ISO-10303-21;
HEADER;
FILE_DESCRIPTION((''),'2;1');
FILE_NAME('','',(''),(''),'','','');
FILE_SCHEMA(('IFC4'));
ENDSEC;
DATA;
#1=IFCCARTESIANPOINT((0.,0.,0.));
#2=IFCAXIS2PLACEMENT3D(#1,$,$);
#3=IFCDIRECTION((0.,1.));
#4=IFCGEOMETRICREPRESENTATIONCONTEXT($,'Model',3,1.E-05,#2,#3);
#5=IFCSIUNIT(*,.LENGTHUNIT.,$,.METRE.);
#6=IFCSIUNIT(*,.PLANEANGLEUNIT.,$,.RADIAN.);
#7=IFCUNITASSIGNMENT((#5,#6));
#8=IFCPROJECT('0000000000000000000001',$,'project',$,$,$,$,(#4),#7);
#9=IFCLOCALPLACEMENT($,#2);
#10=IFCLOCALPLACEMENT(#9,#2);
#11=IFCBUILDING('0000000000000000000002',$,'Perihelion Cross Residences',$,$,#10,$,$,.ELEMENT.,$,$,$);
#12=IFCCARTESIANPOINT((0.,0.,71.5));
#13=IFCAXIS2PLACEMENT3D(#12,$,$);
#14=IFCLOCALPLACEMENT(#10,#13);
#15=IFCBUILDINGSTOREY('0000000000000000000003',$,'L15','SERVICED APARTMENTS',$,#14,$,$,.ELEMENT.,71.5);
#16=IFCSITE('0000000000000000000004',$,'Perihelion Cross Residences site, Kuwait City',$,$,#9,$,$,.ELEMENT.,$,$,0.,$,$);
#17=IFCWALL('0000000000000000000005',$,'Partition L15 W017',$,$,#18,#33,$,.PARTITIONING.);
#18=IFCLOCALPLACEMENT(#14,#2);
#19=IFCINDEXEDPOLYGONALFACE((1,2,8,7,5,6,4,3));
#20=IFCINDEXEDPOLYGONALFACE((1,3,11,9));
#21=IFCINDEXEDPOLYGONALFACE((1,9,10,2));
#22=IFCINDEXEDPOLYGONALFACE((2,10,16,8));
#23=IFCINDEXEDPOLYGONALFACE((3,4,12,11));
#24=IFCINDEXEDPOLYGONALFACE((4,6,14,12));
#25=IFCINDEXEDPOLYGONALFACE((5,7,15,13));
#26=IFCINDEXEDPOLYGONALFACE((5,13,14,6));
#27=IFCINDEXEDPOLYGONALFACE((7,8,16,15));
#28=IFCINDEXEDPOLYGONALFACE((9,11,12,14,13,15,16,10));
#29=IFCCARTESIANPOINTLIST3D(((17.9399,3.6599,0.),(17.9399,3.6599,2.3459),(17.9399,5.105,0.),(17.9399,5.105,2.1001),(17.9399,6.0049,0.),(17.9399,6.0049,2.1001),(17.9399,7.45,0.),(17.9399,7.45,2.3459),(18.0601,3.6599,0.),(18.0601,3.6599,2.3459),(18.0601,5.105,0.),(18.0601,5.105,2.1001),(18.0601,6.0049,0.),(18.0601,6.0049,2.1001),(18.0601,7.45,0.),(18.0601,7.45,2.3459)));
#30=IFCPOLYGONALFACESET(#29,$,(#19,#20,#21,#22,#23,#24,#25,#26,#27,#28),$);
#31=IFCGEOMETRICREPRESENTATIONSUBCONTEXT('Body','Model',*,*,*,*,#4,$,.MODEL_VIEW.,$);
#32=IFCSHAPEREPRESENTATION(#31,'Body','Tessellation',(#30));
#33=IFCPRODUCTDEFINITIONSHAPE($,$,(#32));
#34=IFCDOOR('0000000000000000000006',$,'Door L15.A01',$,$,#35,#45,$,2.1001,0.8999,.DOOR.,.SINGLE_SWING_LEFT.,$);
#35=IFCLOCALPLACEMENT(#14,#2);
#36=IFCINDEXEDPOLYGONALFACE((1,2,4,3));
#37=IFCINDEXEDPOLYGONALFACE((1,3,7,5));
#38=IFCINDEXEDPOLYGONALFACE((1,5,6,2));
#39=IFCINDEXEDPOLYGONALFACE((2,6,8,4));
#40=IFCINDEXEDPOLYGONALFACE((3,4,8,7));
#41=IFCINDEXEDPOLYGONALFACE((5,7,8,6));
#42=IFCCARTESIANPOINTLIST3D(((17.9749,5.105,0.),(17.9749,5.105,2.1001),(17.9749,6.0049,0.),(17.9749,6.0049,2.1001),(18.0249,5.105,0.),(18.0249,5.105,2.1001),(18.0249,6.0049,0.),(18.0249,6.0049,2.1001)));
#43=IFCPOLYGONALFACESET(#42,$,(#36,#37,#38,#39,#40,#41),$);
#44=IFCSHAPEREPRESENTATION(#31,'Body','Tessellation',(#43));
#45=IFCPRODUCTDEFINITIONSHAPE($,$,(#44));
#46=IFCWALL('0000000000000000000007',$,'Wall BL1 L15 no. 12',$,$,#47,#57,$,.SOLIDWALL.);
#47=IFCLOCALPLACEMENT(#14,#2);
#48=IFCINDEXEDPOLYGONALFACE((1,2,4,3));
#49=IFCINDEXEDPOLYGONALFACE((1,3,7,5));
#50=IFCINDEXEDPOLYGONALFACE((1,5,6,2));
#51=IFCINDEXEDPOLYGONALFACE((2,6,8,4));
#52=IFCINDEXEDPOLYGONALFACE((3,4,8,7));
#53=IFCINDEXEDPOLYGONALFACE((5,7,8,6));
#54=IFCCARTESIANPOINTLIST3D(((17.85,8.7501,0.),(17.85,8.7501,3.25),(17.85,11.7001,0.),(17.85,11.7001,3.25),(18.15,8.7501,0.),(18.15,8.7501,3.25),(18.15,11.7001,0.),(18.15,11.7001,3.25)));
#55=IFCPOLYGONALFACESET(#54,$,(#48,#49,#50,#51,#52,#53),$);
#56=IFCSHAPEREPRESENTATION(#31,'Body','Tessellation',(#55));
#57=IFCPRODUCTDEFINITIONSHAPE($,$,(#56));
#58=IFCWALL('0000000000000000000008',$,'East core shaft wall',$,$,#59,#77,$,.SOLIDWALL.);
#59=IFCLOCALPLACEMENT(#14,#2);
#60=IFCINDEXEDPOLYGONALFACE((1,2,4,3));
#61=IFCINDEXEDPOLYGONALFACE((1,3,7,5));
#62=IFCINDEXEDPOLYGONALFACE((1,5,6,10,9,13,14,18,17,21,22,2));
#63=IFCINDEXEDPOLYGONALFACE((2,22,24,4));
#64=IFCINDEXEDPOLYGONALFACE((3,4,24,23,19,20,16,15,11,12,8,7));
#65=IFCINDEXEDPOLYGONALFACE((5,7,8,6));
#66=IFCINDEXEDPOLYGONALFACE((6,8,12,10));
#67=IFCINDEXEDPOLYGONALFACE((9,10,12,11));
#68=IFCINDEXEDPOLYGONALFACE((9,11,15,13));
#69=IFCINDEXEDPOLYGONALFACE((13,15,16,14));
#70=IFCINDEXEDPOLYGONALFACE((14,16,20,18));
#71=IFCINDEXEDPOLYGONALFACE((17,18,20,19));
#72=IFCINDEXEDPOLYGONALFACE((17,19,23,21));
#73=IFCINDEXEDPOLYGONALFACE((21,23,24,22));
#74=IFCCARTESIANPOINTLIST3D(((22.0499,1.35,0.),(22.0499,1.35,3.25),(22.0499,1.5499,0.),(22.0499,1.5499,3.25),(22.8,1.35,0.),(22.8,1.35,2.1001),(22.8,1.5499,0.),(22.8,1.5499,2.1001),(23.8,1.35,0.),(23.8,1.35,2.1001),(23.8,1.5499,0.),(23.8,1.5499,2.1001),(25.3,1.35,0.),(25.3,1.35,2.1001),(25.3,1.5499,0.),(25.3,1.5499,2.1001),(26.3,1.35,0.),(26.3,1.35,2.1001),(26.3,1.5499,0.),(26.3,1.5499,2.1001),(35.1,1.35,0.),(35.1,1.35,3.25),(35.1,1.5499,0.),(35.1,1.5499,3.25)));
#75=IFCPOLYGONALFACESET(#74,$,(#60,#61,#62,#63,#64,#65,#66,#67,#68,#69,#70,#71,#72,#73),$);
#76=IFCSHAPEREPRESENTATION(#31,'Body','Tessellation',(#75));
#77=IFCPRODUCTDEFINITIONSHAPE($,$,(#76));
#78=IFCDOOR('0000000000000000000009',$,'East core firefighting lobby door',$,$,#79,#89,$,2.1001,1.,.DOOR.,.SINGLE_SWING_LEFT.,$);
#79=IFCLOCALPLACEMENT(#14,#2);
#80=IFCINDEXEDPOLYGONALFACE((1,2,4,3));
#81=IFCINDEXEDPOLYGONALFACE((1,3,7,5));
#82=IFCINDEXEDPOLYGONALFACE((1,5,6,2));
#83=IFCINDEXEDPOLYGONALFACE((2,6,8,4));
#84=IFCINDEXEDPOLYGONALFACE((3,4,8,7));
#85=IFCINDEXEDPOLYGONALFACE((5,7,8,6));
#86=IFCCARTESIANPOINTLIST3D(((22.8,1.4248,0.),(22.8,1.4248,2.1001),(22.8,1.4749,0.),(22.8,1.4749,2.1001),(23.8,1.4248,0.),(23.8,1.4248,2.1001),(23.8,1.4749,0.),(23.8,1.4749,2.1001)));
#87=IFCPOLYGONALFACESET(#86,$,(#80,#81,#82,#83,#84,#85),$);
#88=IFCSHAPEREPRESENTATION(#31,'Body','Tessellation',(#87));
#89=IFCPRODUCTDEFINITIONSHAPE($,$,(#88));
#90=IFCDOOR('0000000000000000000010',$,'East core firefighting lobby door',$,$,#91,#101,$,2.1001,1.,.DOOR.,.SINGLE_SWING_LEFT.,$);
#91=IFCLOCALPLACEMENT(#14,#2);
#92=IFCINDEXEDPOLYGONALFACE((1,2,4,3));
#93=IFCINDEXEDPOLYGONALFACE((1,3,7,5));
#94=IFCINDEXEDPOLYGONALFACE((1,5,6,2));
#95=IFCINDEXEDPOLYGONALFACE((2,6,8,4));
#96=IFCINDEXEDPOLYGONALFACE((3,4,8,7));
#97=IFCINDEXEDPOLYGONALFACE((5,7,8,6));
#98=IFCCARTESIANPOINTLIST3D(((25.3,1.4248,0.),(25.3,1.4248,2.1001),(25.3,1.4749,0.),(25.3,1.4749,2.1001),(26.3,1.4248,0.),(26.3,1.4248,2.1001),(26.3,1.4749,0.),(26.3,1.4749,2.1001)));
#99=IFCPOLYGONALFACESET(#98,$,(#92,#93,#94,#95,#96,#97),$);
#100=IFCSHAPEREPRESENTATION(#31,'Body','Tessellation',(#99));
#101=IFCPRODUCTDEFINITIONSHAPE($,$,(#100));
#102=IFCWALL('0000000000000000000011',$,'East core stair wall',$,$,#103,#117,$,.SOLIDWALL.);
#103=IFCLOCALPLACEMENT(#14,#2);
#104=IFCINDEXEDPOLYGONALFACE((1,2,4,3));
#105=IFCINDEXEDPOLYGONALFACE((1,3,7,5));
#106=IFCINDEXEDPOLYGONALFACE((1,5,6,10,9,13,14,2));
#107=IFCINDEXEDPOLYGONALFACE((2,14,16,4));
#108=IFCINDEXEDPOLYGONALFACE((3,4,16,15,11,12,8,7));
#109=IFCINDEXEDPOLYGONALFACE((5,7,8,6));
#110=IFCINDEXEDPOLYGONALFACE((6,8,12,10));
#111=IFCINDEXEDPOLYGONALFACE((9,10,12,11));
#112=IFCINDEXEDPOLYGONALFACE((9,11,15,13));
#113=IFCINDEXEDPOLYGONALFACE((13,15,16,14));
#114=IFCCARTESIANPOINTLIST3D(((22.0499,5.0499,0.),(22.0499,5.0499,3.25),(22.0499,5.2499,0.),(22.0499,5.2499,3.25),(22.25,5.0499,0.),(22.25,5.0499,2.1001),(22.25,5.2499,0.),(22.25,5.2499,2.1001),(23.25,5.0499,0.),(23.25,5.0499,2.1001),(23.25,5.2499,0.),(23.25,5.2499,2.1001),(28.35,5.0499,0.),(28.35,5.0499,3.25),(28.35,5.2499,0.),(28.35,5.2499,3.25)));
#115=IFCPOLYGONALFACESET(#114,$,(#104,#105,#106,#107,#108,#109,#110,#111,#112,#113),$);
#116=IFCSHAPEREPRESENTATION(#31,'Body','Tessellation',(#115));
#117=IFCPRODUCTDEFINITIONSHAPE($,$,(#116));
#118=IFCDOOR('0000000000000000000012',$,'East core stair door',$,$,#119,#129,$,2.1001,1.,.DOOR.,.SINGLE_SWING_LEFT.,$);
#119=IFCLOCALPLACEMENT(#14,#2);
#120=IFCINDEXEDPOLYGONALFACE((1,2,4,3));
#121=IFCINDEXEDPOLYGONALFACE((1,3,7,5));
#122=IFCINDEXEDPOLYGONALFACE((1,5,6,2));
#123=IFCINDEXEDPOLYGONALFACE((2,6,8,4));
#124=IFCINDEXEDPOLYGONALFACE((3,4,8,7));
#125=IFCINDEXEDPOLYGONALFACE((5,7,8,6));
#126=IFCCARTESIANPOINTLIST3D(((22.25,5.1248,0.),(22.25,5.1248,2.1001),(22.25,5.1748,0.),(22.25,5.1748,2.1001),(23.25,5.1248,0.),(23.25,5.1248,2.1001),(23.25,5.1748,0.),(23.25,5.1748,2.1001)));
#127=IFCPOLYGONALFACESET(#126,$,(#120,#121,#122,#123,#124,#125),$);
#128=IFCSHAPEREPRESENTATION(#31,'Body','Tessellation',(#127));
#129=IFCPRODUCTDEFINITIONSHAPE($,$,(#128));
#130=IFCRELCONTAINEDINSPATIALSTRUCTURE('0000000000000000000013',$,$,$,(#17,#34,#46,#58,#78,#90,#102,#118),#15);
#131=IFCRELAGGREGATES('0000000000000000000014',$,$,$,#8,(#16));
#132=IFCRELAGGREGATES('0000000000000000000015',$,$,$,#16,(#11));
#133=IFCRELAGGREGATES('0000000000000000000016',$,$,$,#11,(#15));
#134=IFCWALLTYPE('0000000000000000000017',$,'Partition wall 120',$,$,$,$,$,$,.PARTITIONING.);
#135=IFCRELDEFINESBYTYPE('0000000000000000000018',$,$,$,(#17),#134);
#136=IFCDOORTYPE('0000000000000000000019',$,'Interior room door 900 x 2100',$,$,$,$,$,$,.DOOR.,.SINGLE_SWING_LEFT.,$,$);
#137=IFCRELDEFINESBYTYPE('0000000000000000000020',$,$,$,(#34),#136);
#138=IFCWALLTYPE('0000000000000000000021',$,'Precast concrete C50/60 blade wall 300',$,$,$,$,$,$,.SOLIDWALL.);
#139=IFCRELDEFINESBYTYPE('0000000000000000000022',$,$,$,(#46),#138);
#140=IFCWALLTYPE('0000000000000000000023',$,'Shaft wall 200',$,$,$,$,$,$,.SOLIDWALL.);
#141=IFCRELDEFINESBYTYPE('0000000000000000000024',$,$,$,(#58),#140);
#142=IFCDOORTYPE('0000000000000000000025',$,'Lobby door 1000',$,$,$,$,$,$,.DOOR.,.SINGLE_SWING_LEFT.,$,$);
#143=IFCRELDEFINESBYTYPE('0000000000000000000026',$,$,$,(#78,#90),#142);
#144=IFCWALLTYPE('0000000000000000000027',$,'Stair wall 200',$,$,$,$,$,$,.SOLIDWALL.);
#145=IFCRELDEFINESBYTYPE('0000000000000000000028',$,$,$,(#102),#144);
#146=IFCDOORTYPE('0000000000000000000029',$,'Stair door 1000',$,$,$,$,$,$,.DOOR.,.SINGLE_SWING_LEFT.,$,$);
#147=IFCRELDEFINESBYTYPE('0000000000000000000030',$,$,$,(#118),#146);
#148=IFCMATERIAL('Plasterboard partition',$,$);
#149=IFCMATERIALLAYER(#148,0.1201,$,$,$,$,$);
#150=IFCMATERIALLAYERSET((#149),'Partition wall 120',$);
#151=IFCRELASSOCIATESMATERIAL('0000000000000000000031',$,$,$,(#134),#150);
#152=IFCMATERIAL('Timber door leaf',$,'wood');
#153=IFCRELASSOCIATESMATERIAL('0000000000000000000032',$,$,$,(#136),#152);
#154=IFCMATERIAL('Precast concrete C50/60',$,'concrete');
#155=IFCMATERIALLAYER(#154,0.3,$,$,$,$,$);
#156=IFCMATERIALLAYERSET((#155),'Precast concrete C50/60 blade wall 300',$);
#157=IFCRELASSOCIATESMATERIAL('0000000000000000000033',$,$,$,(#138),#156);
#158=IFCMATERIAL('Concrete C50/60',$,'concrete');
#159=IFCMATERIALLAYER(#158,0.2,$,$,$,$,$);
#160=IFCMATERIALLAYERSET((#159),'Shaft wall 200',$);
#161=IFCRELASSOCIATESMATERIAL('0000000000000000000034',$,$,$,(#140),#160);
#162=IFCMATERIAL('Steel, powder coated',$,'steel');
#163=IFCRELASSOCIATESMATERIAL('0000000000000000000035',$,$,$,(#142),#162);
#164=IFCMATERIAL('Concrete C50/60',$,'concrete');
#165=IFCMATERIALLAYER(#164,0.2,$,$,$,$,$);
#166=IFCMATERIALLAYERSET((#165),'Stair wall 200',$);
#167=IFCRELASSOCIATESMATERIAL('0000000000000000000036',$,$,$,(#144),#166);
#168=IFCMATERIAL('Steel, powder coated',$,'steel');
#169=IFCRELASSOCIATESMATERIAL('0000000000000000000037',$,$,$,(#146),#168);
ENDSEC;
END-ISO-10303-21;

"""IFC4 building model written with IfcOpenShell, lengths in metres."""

from ifc_helpers import new_model, si_unit, direction, frame, frame_2d, origin, place, context, subcontext, project, spatial, rectangle, extrude, material, layer, layer_set, type_object, element, fill, save


model = new_model("IFC4")

# Units and contexts
model_context = context("Model", 3, precision=1e-05, world=origin(), true_north=direction((0.0, 1.0)))
body_context = subcontext(model_context, "Body", "Model", "MODEL_VIEW")
ifc_project = project(units=[si_unit("LENGTHUNIT", "METRE"), si_unit("PLANEANGLEUNIT", "RADIAN")], contexts=[model_context])

# Site, building, storey
site_placement = place(None, origin())
site = spatial("IfcSite", under=ifc_project, at=site_placement, Name="Perihelion Cross Residences site, Kuwait City", CompositionType="ELEMENT", RefElevation=0.0)
building_placement = place(site_placement, origin())
building = spatial("IfcBuilding", under=site, at=building_placement, Name="Perihelion Cross Residences", CompositionType="ELEMENT")
storey_placement = place(building_placement, frame((0.0, 0.0, 71.5)))
storey = spatial("IfcBuildingStorey", under=building, at=storey_placement, Name="L15", Description="SERVICED APARTMENTS", CompositionType="ELEMENT", Elevation=71.5)

# Wall, opening, door
ifc_material_1 = material(Name="Plasterboard partition")
ifc_layer_1 = layer(ifc_material_1, 0.1201)
ifc_layer_set_1 = layer_set([ifc_layer_1], Name="Partition wall 120")
wall_type_1 = type_object("IfcWallType", Name="Partition wall 120", PredefinedType="PARTITIONING", material=ifc_layer_set_1)
ifc_material_2 = material(Name="Timber door leaf", Category="wood")
door_type_1 = type_object("IfcDoorType", Name="Interior room door 900 x 2100", OperationType="SINGLE_SWING_LEFT", PredefinedType="DOOR", material=ifc_material_2)
wall_1_placement = place(storey_placement, frame((18.0, 7.45, 0.0), z_axis=(0.0, 0.0, 1.0), x_axis=(0.0, -1.0, 0.0)))
wall_1 = element("IfcWall", 1, at=wall_1_placement, inside=storey, type_object=wall_type_1, Name="Partition L15 W017", PredefinedType="PARTITIONING", context=body_context, shape_type="SweptSolid", body=[
    extrude(rectangle(XDim=3.79, YDim=0.1201, at=frame_2d((1.895, 0.0))), origin(), (0.0, 0.0, 1.0), 2.3459),
])
opening_1_placement = place(wall_1_placement, frame((1.4451, 0.0, 0.0)))
opening_1 = element("IfcOpeningElement", 2, at=opening_1_placement, cuts=wall_1, PredefinedType="OPENING", context=body_context, shape_type="SweptSolid", body=[
    extrude(rectangle(XDim=0.8999, YDim=2.1001, at=frame_2d((0.45, 1.05))), frame((0.0, 0.0701, 0.0), z_axis=(0.0, -1.0, 0.0), x_axis=(1.0, 0.0, 0.0)), (0.0, 0.0, 1.0), 0.1401),
])
door_1_placement = place(opening_1_placement, origin())
door_1 = element("IfcDoor", 3, at=door_1_placement, inside=storey, type_object=door_type_1, Name="Door L15.A01", OperationType="SINGLE_SWING_LEFT", OverallHeight=2.1001, OverallWidth=0.8999, PredefinedType="DOOR", context=body_context, shape_type="SweptSolid", body=[
    extrude(rectangle(XDim=0.8999, YDim=2.1001, at=frame_2d((0.45, 1.05))), frame((0.0, 0.0249, 0.0), z_axis=(0.0, -1.0, 0.0), x_axis=(1.0, 0.0, 0.0)), (0.0, 0.0, 1.0), 0.05),
])
fill(opening_1, door_1)

# Wall
ifc_material_3 = material(Name="Precast concrete C50/60", Category="concrete")
ifc_layer_2 = layer(ifc_material_3, 0.3)
ifc_layer_set_2 = layer_set([ifc_layer_2], Name="Precast concrete C50/60 blade wall 300")
wall_type_2 = type_object("IfcWallType", Name="Precast concrete C50/60 blade wall 300", PredefinedType="SOLIDWALL", material=ifc_layer_set_2)
wall_2_placement = place(storey_placement, frame((18.0, 8.75, 0.0), z_axis=(0.0, 0.0, 1.0), x_axis=(0.0, 1.0, 0.0)))
element("IfcWall", 4, at=wall_2_placement, inside=storey, type_object=wall_type_2, Name="Wall BL1 L15 no. 12", PredefinedType="SOLIDWALL", context=body_context, shape_type="SweptSolid", body=[
    extrude(rectangle(XDim=2.95, YDim=0.3, at=frame_2d((1.4751, 0.0))), origin(), (0.0, 0.0, 1.0), 3.25),
])

# Wall, openings, doors
ifc_material_4 = material(Name="Concrete C50/60", Category="concrete")
ifc_layer_3 = layer(ifc_material_4, 0.2)
ifc_layer_set_3 = layer_set([ifc_layer_3], Name="Shaft wall 200")
wall_type_3 = type_object("IfcWallType", Name="Shaft wall 200", PredefinedType="SOLIDWALL", material=ifc_layer_set_3)
wall_3_placement = place(storey_placement, frame((22.05, 1.45, 0.0), z_axis=(0.0, 0.0, 1.0), x_axis=(1.0, 0.0, 0.0)))
wall_3 = element("IfcWall", 5, at=wall_3_placement, inside=storey, type_object=wall_type_3, Name="East core shaft wall", PredefinedType="SOLIDWALL", context=body_context, shape_type="SweptSolid", body=[
    extrude(rectangle(XDim=13.05, YDim=0.2, at=frame_2d((6.5249, 0.0))), origin(), (0.0, 0.0, 1.0), 3.25),
])
opening_2_placement = place(wall_3_placement, frame((0.75, 0.0, 0.0)))
opening_2 = element("IfcOpeningElement", 6, at=opening_2_placement, cuts=wall_3, PredefinedType="OPENING", context=body_context, shape_type="SweptSolid", body=[
    extrude(rectangle(XDim=1.0, YDim=2.1001, at=frame_2d((0.5, 1.05))), frame((0.0, 0.1099, 0.0), z_axis=(0.0, -1.0, 0.0), x_axis=(1.0, 0.0, 0.0)), (0.0, 0.0, 1.0), 0.22),
])
opening_3_placement = place(wall_3_placement, frame((3.25, 0.0, 0.0)))
opening_3 = element("IfcOpeningElement", 7, at=opening_3_placement, cuts=wall_3, PredefinedType="OPENING", context=body_context, shape_type="SweptSolid", body=[
    extrude(rectangle(XDim=1.0, YDim=2.1001, at=frame_2d((0.5, 1.05))), frame((0.0, 0.1099, 0.0), z_axis=(0.0, -1.0, 0.0), x_axis=(1.0, 0.0, 0.0)), (0.0, 0.0, 1.0), 0.22),
])
ifc_material_5 = material(Name="Steel, powder coated", Category="steel")
door_type_2 = type_object("IfcDoorType", Name="Lobby door 1000", OperationType="SINGLE_SWING_LEFT", PredefinedType="DOOR", material=ifc_material_5)
door_2_placement = place(opening_2_placement, origin())
door_2 = element("IfcDoor", 8, at=door_2_placement, inside=storey, type_object=door_type_2, Name="East core firefighting lobby door", OperationType="SINGLE_SWING_LEFT", OverallHeight=2.1001, OverallWidth=1.0, PredefinedType="DOOR", context=body_context, shape_type="SweptSolid", body=[
    extrude(rectangle(XDim=1.0, YDim=2.1001, at=frame_2d((0.5, 1.05))), frame((0.0, 0.0249, 0.0), z_axis=(0.0, -1.0, 0.0), x_axis=(1.0, 0.0, 0.0)), (0.0, 0.0, 1.0), 0.05),
])
fill(opening_2, door_2)
door_3_placement = place(opening_3_placement, origin())
door_3 = element("IfcDoor", 9, at=door_3_placement, inside=storey, type_object=door_type_2, Name="East core firefighting lobby door", OperationType="SINGLE_SWING_LEFT", OverallHeight=2.1001, OverallWidth=1.0, PredefinedType="DOOR", context=body_context, shape_type="SweptSolid", body=[
    extrude(rectangle(XDim=1.0, YDim=2.1001, at=frame_2d((0.5, 1.05))), frame((0.0, 0.0249, 0.0), z_axis=(0.0, -1.0, 0.0), x_axis=(1.0, 0.0, 0.0)), (0.0, 0.0, 1.0), 0.05),
])
fill(opening_3, door_3)

# Wall, opening, door
ifc_material_6 = material(Name="Concrete C50/60", Category="concrete")
ifc_layer_4 = layer(ifc_material_6, 0.2)
ifc_layer_set_4 = layer_set([ifc_layer_4], Name="Stair wall 200")
wall_type_4 = type_object("IfcWallType", Name="Stair wall 200", PredefinedType="SOLIDWALL", material=ifc_layer_set_4)
wall_4_placement = place(storey_placement, frame((22.05, 5.1499, 0.0), z_axis=(0.0, 0.0, 1.0), x_axis=(1.0, 0.0, 0.0)))
wall_4 = element("IfcWall", 10, at=wall_4_placement, inside=storey, type_object=wall_type_4, Name="East core stair wall", PredefinedType="SOLIDWALL", context=body_context, shape_type="SweptSolid", body=[
    extrude(rectangle(XDim=6.3, YDim=0.2, at=frame_2d((3.1499, 0.0))), origin(), (0.0, 0.0, 1.0), 3.25),
])
opening_4_placement = place(wall_4_placement, frame((0.2, 0.0, 0.0)))
opening_4 = element("IfcOpeningElement", 11, at=opening_4_placement, cuts=wall_4, PredefinedType="OPENING", context=body_context, shape_type="SweptSolid", body=[
    extrude(rectangle(XDim=1.0, YDim=2.1001, at=frame_2d((0.5, 1.05))), frame((0.0, 0.1099, 0.0), z_axis=(0.0, -1.0, 0.0), x_axis=(1.0, 0.0, 0.0)), (0.0, 0.0, 1.0), 0.22),
])
ifc_material_7 = material(Name="Steel, powder coated", Category="steel")
door_type_3 = type_object("IfcDoorType", Name="Stair door 1000", OperationType="SINGLE_SWING_LEFT", PredefinedType="DOOR", material=ifc_material_7)
door_4_placement = place(opening_4_placement, origin())
door_4 = element("IfcDoor", 12, at=door_4_placement, inside=storey, type_object=door_type_3, Name="East core stair door", OperationType="SINGLE_SWING_LEFT", OverallHeight=2.1001, OverallWidth=1.0, PredefinedType="DOOR", context=body_context, shape_type="SweptSolid", body=[
    extrude(rectangle(XDim=1.0, YDim=2.1001, at=frame_2d((0.5, 1.05))), frame((0.0, 0.0249, 0.0), z_axis=(0.0, -1.0, 0.0), x_axis=(1.0, 0.0, 0.0)), (0.0, 0.0, 1.0), 0.05),
])
fill(opening_4, door_4)

save(model, "model.ifc")
